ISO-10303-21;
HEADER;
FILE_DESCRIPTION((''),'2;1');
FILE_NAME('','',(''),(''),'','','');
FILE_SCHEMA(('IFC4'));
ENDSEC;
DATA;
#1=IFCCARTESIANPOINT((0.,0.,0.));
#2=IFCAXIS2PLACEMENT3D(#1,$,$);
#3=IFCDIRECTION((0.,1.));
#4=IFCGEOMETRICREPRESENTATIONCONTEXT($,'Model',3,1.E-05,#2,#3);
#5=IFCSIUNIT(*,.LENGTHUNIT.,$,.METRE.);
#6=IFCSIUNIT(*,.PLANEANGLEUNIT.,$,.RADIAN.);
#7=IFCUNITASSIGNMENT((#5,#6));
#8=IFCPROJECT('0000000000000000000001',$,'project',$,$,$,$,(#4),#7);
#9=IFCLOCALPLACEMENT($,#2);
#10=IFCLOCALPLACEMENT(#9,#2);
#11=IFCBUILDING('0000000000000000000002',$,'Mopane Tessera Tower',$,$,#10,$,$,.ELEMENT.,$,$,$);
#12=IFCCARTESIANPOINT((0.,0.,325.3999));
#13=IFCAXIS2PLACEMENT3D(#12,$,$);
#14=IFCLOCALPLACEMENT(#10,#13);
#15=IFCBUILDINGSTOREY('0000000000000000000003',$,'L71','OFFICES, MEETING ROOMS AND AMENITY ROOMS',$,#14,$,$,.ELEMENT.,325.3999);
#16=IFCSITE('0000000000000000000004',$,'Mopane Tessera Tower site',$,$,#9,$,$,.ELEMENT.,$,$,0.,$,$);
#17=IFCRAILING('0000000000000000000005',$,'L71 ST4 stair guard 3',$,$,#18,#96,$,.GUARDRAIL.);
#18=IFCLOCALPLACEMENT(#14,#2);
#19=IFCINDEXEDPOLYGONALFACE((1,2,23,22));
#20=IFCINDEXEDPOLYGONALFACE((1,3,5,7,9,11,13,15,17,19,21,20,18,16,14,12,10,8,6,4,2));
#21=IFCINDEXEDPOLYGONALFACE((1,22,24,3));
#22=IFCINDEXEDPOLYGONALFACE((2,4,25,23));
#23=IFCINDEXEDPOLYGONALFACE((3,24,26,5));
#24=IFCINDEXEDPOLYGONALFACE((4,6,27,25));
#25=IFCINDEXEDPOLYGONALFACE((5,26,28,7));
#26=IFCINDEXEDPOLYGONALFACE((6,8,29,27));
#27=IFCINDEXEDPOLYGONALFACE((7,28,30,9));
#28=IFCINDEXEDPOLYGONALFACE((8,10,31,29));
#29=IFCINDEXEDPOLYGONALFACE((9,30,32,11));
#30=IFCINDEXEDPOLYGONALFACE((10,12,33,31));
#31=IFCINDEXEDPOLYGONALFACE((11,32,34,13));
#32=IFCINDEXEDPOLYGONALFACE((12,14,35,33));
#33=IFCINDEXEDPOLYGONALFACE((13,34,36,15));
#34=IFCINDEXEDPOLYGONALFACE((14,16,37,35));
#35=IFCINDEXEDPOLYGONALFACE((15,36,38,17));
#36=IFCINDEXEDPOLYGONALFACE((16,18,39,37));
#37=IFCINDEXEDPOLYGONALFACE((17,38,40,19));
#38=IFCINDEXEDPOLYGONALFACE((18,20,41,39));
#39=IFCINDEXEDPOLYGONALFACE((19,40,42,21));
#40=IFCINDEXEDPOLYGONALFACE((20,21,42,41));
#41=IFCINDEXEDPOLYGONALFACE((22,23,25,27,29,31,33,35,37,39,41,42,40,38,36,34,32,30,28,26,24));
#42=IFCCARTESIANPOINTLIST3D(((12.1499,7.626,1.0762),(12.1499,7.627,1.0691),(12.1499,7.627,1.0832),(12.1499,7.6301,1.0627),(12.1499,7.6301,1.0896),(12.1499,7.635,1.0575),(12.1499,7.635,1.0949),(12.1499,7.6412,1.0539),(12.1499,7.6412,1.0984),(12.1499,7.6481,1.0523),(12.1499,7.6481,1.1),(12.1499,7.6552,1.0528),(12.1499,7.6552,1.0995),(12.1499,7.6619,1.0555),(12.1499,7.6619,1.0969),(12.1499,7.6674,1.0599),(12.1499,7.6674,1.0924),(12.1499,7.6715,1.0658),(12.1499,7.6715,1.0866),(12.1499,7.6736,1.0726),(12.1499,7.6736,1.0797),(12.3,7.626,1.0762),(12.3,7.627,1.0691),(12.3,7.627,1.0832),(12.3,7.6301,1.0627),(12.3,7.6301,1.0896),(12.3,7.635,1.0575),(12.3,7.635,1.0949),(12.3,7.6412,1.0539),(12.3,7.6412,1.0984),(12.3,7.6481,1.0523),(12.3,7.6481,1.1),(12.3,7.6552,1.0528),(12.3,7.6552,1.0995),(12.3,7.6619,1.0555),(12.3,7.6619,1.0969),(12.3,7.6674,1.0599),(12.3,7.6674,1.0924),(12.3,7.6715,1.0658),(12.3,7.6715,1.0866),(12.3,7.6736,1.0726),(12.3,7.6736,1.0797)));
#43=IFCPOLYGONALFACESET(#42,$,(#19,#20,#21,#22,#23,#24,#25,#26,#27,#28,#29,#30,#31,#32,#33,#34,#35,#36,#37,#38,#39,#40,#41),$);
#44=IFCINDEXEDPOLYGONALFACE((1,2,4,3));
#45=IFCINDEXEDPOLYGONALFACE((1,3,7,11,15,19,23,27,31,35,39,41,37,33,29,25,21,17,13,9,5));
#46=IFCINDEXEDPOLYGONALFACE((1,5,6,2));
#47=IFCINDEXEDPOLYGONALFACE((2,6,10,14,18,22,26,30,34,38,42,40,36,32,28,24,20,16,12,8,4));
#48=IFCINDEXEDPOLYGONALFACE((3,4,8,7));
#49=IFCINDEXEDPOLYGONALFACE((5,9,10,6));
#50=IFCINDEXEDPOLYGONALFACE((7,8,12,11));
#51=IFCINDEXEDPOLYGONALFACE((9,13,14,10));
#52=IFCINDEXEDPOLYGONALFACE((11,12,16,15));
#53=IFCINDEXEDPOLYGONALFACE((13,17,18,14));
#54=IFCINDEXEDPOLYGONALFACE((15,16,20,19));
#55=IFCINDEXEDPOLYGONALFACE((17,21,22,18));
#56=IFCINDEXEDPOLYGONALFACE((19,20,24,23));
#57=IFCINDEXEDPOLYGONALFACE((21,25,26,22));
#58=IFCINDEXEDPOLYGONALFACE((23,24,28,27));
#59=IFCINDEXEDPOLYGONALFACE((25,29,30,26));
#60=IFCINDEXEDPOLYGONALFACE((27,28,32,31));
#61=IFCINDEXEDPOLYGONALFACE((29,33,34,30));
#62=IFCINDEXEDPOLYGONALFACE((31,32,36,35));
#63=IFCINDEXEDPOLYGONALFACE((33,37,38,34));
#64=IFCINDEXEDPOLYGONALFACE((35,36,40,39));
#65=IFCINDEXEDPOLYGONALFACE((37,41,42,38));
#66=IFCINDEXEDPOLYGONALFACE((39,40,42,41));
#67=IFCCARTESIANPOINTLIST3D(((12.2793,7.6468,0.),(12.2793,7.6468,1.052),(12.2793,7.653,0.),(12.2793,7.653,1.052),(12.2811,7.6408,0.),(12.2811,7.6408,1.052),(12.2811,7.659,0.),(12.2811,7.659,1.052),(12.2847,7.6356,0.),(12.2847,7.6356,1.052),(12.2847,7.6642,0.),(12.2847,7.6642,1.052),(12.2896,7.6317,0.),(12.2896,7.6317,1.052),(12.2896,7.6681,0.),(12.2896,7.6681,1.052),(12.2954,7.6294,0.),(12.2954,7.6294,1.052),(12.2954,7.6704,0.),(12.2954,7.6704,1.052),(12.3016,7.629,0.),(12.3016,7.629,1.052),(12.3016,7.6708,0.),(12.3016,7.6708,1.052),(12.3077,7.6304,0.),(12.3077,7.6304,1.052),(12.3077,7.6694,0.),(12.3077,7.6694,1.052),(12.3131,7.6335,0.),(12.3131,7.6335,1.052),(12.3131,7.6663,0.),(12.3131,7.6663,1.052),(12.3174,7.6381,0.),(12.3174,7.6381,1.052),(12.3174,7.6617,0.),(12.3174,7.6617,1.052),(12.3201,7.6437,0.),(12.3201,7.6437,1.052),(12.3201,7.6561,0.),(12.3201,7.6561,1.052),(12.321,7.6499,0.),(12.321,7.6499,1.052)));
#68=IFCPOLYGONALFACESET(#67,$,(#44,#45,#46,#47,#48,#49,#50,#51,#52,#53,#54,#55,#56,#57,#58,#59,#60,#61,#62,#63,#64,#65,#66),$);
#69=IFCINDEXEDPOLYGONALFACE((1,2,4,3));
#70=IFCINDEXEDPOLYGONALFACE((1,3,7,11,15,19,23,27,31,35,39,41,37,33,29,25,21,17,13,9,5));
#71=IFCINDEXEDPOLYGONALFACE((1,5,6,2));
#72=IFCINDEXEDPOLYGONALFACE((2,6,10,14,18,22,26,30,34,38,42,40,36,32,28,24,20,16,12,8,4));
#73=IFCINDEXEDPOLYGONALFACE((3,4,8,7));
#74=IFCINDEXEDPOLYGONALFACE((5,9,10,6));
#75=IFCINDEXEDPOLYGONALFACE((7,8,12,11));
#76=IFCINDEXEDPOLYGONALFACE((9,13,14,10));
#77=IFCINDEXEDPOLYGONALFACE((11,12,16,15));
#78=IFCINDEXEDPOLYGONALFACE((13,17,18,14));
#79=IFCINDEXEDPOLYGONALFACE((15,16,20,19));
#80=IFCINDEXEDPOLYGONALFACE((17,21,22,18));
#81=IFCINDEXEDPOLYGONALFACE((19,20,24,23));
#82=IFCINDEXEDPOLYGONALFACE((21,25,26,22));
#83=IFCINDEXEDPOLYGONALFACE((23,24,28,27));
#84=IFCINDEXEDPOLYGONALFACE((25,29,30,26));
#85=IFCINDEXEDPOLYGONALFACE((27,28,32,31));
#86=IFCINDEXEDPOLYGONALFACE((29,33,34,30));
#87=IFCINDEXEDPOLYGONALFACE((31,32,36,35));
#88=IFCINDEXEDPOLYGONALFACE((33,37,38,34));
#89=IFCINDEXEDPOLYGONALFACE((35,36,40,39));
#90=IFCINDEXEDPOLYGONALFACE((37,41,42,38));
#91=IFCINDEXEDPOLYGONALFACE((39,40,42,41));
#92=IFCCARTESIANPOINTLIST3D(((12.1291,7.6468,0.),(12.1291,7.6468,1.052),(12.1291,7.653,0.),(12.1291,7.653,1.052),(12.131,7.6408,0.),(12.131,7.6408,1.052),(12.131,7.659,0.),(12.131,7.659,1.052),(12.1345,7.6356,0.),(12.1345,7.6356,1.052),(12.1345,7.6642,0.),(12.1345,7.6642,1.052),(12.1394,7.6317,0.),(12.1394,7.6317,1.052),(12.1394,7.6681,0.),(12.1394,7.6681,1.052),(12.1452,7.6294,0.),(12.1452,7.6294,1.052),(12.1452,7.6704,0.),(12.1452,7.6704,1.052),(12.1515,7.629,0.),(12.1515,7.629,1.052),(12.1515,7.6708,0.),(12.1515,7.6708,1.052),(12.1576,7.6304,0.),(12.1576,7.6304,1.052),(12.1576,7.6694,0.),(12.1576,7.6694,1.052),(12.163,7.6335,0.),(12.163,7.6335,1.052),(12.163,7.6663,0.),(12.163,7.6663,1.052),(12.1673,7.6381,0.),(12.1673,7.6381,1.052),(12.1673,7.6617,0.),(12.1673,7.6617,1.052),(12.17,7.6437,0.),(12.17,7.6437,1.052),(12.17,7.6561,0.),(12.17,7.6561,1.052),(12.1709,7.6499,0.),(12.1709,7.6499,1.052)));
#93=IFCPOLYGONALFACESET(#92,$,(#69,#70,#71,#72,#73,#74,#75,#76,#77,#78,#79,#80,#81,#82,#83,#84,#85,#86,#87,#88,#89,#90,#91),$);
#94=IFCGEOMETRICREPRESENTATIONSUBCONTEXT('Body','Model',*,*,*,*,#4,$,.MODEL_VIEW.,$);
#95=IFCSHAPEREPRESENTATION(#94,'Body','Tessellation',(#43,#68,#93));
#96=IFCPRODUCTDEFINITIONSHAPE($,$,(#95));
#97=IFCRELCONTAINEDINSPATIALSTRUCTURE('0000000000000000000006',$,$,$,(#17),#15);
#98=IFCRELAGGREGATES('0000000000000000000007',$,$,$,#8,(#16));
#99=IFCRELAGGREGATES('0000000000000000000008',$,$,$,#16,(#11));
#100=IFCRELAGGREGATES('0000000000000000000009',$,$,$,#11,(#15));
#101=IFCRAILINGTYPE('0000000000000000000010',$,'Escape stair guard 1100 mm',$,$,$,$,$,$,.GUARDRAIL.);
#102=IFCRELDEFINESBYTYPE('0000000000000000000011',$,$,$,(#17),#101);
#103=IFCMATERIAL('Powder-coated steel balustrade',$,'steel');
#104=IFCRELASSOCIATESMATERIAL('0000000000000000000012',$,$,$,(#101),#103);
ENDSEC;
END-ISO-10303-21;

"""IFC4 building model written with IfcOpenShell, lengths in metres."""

from ifc_helpers import new_model, si_unit, direction, frame, origin, origin_2d, place, context, subcontext, project, spatial, circle, extrude, material, type_object, element, save


model = new_model("IFC4")

# Units and contexts
model_context = context("Model", 3, precision=1e-05, world=origin(), true_north=direction((0.0, 1.0)))
body_context = subcontext(model_context, "Body", "Model", "MODEL_VIEW")
ifc_project = project(units=[si_unit("LENGTHUNIT", "METRE"), si_unit("PLANEANGLEUNIT", "RADIAN")], contexts=[model_context])

# Site, building, storey
site_placement = place(None, origin())
site = spatial("IfcSite", under=ifc_project, at=site_placement, Name="Mopane Tessera Tower site", CompositionType="ELEMENT", RefElevation=0.0)
building_placement = place(site_placement, origin())
building = spatial("IfcBuilding", under=site, at=building_placement, Name="Mopane Tessera Tower", CompositionType="ELEMENT")
storey_placement = place(building_placement, frame((0.0, 0.0, 325.3999)))
storey = spatial("IfcBuildingStorey", under=building, at=storey_placement, Name="L71", Description="OFFICES, MEETING ROOMS AND AMENITY ROOMS", CompositionType="ELEMENT", Elevation=325.3999)

# Railing
ifc_material_1 = material(Name="Powder-coated steel balustrade", Category="steel")
railing_type_1 = type_object("IfcRailingType", Name="Escape stair guard 1100 mm", PredefinedType="GUARDRAIL", material=ifc_material_1)
railing_1_placement = place(storey_placement, frame((12.3, 7.6499, 0.0)))
element("IfcRailing", 1, at=railing_1_placement, inside=storey, type_object=railing_type_1, Name="L71 ST4 stair guard 3", PredefinedType="GUARDRAIL", context=body_context, shape_type="SweptSolid", body=[
    extrude(circle(Radius=0.0239, at=origin_2d()), frame((0.0, 0.0, 1.0762), z_axis=(-1.0, 0.0, 0.0), x_axis=(0.0, -1.0, 0.0)), (0.0, 0.0, 1.0), 0.1501),
    extrude(circle(Radius=0.021, at=origin_2d()), origin(), (0.0, 0.0, 1.0), 1.052),
    extrude(circle(Radius=0.021, at=origin_2d()), frame((-0.1501, 0.0, 0.0)), (0.0, 0.0, 1.0), 1.052),
])

save(model, "model.ifc")
